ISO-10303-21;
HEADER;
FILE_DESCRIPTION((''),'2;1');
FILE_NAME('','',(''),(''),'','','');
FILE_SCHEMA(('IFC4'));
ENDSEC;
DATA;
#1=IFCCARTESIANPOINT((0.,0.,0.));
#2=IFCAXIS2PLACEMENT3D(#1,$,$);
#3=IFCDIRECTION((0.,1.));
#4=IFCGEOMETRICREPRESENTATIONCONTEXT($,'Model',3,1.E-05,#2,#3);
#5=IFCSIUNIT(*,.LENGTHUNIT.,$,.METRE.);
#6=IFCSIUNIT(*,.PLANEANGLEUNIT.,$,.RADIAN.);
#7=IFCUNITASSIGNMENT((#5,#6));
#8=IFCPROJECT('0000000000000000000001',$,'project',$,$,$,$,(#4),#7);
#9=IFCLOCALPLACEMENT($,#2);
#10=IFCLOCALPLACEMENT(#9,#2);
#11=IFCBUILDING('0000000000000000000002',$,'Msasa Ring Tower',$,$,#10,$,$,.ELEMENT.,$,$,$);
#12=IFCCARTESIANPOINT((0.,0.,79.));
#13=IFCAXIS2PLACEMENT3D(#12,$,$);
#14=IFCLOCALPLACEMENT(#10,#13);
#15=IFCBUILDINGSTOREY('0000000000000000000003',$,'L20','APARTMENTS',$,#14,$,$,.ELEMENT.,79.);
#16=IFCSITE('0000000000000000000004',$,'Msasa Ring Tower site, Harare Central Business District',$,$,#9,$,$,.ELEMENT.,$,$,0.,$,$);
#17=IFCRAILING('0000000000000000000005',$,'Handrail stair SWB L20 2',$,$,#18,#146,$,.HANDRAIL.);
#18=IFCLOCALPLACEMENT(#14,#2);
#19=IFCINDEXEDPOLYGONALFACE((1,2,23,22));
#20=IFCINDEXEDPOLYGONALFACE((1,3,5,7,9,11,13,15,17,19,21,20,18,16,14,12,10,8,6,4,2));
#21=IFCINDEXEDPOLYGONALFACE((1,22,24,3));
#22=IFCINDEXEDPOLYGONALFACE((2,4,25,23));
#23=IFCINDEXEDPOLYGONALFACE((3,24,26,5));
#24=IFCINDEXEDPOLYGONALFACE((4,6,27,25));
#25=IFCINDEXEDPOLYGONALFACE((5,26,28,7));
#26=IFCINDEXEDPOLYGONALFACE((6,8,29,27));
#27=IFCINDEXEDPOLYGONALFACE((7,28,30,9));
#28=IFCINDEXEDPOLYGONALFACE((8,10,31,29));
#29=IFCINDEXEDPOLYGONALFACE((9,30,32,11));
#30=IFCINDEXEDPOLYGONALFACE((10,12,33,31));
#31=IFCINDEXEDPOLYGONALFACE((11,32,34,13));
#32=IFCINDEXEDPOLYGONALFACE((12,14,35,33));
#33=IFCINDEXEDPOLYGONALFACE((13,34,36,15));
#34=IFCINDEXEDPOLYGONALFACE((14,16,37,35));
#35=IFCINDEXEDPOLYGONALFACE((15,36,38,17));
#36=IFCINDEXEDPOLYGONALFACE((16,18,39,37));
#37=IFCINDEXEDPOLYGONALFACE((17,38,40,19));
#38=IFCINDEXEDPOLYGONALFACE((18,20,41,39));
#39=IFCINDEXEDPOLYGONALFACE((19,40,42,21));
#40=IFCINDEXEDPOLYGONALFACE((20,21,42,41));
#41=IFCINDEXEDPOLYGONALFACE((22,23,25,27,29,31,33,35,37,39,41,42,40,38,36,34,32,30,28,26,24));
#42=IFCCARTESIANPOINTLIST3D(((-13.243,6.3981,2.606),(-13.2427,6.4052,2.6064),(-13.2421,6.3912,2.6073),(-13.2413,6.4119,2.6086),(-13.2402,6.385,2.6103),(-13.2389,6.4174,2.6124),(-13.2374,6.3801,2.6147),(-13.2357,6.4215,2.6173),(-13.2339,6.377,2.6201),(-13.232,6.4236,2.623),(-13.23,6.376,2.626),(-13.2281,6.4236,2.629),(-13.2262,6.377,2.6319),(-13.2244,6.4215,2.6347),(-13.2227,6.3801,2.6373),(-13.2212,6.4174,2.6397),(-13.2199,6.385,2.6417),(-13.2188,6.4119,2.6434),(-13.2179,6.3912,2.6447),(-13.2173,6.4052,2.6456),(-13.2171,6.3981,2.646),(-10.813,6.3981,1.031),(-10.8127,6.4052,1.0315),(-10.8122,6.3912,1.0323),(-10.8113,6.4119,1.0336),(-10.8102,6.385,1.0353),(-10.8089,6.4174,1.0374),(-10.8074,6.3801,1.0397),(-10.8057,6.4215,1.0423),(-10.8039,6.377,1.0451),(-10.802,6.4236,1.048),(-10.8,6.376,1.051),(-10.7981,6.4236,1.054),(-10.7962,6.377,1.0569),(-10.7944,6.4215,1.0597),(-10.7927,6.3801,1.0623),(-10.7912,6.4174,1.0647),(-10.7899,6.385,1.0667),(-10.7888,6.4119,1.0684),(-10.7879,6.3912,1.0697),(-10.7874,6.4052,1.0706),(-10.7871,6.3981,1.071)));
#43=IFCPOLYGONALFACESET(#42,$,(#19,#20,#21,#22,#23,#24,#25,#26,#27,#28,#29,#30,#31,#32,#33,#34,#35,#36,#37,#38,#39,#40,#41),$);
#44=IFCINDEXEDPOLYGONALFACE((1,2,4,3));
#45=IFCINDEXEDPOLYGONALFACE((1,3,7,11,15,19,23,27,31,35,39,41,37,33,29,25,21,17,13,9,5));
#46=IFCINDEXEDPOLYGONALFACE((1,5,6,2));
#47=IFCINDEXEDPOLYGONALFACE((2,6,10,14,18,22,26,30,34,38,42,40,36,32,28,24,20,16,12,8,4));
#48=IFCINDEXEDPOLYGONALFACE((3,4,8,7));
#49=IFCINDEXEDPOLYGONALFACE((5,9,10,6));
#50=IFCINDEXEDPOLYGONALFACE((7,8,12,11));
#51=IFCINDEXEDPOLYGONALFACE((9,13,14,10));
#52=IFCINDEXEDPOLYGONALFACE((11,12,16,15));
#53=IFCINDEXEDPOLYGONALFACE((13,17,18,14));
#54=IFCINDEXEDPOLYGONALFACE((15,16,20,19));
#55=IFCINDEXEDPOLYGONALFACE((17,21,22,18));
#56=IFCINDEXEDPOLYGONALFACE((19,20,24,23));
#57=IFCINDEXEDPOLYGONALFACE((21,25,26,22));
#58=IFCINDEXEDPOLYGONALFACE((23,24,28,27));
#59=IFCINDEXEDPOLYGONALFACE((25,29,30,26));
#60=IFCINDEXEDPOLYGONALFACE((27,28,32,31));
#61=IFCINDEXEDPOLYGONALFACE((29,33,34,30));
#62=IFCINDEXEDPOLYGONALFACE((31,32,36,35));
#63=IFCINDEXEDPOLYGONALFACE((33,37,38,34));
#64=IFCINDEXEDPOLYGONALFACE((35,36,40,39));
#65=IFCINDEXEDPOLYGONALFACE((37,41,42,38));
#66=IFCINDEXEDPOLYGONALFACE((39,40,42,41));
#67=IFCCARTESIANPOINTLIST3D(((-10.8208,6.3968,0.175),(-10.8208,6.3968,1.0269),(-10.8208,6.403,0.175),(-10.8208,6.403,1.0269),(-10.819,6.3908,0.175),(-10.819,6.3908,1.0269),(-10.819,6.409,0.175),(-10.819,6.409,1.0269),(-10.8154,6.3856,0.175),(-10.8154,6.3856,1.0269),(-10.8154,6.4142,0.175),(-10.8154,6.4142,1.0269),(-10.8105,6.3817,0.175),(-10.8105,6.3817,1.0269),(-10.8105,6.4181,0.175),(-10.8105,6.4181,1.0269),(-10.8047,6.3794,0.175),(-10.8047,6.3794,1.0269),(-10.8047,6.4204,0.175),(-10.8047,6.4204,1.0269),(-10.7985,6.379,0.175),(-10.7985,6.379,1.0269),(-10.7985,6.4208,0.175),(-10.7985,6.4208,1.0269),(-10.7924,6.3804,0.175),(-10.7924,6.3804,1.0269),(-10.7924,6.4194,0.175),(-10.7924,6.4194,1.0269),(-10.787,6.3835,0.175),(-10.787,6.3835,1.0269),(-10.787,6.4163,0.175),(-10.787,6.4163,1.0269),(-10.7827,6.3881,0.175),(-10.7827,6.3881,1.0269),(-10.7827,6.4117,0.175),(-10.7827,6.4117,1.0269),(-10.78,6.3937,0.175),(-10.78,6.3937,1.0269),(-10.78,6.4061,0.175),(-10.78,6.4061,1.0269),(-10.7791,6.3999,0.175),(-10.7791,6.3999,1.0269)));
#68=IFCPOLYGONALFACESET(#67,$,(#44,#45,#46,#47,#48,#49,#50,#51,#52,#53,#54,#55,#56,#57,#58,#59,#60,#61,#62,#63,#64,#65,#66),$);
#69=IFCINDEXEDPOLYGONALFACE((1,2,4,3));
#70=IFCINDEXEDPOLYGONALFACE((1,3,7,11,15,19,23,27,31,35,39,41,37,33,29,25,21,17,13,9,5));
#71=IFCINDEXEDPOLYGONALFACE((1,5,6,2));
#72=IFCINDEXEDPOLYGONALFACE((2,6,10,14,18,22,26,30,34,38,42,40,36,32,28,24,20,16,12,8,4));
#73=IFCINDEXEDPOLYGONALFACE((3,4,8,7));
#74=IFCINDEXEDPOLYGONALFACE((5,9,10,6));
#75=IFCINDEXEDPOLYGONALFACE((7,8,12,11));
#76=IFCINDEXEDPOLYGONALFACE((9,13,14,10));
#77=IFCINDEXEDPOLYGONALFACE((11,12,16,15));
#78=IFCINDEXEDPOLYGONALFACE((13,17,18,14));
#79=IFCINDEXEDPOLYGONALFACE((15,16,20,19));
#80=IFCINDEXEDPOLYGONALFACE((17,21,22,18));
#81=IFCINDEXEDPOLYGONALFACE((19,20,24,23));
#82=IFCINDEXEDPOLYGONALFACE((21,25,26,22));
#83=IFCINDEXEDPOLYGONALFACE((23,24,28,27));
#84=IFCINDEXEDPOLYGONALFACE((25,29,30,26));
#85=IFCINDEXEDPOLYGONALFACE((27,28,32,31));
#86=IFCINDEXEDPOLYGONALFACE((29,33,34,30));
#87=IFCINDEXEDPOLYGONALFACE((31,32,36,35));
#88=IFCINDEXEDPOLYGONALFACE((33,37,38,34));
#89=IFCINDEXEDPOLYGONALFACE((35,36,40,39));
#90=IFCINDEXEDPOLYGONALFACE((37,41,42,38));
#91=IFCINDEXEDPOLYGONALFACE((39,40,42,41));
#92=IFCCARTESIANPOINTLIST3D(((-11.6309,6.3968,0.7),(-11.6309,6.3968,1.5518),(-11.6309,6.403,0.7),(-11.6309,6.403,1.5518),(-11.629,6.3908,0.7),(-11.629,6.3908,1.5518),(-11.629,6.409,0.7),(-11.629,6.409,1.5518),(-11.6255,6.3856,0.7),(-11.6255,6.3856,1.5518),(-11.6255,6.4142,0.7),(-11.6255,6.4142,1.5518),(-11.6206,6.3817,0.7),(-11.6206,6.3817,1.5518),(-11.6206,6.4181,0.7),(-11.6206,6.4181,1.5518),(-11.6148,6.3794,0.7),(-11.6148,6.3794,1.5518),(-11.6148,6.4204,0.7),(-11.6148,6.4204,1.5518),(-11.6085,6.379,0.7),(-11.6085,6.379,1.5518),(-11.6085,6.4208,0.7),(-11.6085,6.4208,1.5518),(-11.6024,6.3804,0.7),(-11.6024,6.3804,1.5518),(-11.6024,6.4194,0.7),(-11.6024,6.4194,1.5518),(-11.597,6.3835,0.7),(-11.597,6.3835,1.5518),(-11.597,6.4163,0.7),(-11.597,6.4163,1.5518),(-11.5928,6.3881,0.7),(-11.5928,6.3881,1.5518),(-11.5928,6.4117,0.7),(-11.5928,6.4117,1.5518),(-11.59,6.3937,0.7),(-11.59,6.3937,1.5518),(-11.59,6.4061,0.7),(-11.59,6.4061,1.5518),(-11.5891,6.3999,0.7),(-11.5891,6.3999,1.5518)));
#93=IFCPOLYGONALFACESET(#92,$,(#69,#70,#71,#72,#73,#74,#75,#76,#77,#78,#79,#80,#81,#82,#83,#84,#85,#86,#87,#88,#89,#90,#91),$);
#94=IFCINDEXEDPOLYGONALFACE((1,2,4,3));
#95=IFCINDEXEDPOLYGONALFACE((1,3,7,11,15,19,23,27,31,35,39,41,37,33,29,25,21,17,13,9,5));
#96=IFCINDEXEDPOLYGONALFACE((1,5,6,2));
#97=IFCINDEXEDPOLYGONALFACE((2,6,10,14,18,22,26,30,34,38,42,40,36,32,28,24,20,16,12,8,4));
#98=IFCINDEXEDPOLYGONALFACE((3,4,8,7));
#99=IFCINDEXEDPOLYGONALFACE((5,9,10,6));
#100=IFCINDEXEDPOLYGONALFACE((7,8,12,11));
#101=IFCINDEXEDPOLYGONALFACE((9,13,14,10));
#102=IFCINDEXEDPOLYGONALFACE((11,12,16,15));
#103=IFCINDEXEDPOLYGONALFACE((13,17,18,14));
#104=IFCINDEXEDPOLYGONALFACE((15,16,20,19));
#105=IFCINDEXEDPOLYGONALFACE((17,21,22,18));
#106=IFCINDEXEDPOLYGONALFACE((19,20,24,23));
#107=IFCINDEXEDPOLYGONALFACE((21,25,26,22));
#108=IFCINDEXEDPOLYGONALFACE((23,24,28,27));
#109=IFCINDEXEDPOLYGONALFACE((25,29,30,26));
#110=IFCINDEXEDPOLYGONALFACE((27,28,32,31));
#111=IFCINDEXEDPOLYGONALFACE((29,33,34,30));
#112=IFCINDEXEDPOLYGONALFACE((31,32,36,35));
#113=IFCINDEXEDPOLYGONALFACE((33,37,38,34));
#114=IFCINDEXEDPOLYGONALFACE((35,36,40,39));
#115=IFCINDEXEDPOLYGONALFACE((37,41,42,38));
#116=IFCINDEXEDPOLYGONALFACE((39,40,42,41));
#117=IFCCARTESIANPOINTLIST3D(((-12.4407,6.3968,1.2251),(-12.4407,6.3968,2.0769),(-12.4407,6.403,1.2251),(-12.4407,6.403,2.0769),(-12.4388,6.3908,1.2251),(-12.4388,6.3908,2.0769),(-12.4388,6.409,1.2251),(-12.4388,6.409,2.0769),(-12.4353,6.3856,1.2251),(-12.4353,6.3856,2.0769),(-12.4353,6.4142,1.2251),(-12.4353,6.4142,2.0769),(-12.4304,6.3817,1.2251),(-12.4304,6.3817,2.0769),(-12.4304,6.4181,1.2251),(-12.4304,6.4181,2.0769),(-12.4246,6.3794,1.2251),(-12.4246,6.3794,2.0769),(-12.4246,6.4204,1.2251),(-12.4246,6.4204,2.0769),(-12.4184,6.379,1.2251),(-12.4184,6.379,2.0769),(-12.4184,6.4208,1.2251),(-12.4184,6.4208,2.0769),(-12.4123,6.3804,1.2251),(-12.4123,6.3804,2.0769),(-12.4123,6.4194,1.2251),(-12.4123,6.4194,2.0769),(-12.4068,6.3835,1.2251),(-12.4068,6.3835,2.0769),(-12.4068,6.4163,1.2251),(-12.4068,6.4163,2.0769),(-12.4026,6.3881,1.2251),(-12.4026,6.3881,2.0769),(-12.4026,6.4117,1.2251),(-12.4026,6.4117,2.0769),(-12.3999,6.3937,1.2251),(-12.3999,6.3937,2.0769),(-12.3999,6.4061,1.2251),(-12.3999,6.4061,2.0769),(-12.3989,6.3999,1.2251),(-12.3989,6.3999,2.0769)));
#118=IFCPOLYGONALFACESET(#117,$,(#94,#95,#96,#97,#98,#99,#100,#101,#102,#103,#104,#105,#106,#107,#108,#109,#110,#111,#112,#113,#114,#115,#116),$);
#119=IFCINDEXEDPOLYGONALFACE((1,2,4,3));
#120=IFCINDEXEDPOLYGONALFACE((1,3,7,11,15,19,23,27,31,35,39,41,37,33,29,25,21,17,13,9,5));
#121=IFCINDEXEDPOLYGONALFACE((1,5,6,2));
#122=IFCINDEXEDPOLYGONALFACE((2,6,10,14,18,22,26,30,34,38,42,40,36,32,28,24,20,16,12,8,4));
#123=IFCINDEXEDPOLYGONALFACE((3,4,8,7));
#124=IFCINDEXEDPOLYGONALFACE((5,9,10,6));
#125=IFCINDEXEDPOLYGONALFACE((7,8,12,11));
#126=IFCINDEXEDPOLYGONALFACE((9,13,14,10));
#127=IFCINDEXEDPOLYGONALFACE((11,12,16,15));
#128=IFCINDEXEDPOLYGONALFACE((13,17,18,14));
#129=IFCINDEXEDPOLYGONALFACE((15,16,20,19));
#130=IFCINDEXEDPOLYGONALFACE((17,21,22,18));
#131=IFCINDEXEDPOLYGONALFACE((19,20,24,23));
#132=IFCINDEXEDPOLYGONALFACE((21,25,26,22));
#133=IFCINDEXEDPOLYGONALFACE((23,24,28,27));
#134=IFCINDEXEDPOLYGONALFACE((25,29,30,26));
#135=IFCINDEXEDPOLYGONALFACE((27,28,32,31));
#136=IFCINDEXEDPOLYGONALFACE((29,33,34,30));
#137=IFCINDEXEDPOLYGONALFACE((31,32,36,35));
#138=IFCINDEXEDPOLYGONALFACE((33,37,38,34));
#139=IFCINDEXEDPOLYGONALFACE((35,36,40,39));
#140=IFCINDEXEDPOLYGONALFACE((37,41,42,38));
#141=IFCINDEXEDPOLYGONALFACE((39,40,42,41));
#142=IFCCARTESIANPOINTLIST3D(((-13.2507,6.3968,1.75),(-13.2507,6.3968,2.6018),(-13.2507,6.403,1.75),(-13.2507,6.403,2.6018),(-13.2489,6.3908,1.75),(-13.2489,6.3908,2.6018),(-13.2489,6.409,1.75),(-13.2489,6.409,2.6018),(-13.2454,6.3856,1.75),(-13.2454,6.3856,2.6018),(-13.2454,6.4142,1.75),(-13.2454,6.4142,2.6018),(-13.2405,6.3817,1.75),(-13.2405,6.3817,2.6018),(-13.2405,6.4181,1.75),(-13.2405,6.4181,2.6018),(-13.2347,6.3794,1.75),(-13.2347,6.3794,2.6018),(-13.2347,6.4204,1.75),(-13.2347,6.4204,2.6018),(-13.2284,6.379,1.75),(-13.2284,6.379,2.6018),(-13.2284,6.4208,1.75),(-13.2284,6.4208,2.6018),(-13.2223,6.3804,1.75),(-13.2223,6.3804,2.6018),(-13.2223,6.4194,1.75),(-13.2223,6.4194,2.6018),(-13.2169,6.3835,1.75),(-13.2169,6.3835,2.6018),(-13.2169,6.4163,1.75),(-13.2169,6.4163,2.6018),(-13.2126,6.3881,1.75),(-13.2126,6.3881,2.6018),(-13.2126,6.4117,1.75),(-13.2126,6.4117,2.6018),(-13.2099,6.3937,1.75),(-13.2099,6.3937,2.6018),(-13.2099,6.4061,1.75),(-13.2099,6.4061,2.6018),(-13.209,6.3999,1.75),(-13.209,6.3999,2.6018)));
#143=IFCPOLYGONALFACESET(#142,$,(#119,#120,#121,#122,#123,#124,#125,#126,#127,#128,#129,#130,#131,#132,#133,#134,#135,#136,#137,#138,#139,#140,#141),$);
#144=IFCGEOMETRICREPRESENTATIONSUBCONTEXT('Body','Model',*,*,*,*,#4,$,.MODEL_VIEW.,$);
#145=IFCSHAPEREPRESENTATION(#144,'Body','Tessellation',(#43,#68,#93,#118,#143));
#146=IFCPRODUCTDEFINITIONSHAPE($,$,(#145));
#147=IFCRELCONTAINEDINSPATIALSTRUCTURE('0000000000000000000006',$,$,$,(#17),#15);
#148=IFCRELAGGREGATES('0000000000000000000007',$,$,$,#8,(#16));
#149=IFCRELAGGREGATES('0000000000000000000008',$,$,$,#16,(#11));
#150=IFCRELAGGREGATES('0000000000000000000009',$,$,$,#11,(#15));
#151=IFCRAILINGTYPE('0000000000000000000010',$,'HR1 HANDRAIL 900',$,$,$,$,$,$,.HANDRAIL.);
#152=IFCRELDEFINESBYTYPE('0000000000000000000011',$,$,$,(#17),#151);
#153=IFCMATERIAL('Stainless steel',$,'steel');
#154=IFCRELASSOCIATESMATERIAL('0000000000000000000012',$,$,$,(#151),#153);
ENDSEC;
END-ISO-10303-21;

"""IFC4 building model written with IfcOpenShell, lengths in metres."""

from ifc_helpers import new_model, si_unit, direction, frame, origin, origin_2d, place, context, subcontext, project, spatial, circle, extrude, material, type_object, element, save


model = new_model("IFC4")

# Units and contexts
model_context = context("Model", 3, precision=1e-05, world=origin(), true_north=direction((0.0, 1.0)))
body_context = subcontext(model_context, "Body", "Model", "MODEL_VIEW")
ifc_project = project(units=[si_unit("LENGTHUNIT", "METRE"), si_unit("PLANEANGLEUNIT", "RADIAN")], contexts=[model_context])

# Site, building, storey
site_placement = place(None, origin())
site = spatial("IfcSite", under=ifc_project, at=site_placement, Name="Msasa Ring Tower site, Harare Central Business District", CompositionType="ELEMENT", RefElevation=0.0)
building_placement = place(site_placement, origin())
building = spatial("IfcBuilding", under=site, at=building_placement, Name="Msasa Ring Tower", CompositionType="ELEMENT")
storey_placement = place(building_placement, frame((0.0, 0.0, 79.0)))
storey = spatial("IfcBuildingStorey", under=building, at=storey_placement, Name="L20", Description="APARTMENTS", CompositionType="ELEMENT", Elevation=79.0)

# Railing
ifc_material_1 = material(Name="Stainless steel", Category="steel")
railing_type = type_object("IfcRailingType", Name="HR1 HANDRAIL 900", PredefinedType="HANDRAIL", material=ifc_material_1)
for number, where, name in (
    (1, (-10.8, 6.3999, 0.175), "Handrail stair SWB L20 2"),
):
    element("IfcRailing", number, at=place(storey_placement, frame(where)), inside=storey, type_object=railing_type, Name=name, PredefinedType="HANDRAIL", context=body_context, shape_type="SweptSolid", body=[
        extrude(circle(Radius=0.0239, at=origin_2d()), frame((0.0, 0.0, 0.876), z_axis=(-0.839154, 0.0, 0.543894), x_axis=(0.0, -1.0, 0.0)), (0.0, 0.0, 1.0), 2.8958),
        extrude(circle(Radius=0.021, at=origin_2d()), origin(), (0.0, 0.0, 1.0), 0.8518),
        extrude(circle(Radius=0.021, at=origin_2d()), frame((-0.8101, 0.0, 0.5249)), (0.0, 0.0, 1.0), 0.8518),
        extrude(circle(Radius=0.021, at=origin_2d()), frame((-1.6199, 0.0, 1.05)), (0.0, 0.0, 1.0), 0.8518),
        extrude(circle(Radius=0.021, at=origin_2d()), frame((-2.4299, 0.0, 1.575)), (0.0, 0.0, 1.0), 0.8518),
    ])

save(model, "model.ifc")
